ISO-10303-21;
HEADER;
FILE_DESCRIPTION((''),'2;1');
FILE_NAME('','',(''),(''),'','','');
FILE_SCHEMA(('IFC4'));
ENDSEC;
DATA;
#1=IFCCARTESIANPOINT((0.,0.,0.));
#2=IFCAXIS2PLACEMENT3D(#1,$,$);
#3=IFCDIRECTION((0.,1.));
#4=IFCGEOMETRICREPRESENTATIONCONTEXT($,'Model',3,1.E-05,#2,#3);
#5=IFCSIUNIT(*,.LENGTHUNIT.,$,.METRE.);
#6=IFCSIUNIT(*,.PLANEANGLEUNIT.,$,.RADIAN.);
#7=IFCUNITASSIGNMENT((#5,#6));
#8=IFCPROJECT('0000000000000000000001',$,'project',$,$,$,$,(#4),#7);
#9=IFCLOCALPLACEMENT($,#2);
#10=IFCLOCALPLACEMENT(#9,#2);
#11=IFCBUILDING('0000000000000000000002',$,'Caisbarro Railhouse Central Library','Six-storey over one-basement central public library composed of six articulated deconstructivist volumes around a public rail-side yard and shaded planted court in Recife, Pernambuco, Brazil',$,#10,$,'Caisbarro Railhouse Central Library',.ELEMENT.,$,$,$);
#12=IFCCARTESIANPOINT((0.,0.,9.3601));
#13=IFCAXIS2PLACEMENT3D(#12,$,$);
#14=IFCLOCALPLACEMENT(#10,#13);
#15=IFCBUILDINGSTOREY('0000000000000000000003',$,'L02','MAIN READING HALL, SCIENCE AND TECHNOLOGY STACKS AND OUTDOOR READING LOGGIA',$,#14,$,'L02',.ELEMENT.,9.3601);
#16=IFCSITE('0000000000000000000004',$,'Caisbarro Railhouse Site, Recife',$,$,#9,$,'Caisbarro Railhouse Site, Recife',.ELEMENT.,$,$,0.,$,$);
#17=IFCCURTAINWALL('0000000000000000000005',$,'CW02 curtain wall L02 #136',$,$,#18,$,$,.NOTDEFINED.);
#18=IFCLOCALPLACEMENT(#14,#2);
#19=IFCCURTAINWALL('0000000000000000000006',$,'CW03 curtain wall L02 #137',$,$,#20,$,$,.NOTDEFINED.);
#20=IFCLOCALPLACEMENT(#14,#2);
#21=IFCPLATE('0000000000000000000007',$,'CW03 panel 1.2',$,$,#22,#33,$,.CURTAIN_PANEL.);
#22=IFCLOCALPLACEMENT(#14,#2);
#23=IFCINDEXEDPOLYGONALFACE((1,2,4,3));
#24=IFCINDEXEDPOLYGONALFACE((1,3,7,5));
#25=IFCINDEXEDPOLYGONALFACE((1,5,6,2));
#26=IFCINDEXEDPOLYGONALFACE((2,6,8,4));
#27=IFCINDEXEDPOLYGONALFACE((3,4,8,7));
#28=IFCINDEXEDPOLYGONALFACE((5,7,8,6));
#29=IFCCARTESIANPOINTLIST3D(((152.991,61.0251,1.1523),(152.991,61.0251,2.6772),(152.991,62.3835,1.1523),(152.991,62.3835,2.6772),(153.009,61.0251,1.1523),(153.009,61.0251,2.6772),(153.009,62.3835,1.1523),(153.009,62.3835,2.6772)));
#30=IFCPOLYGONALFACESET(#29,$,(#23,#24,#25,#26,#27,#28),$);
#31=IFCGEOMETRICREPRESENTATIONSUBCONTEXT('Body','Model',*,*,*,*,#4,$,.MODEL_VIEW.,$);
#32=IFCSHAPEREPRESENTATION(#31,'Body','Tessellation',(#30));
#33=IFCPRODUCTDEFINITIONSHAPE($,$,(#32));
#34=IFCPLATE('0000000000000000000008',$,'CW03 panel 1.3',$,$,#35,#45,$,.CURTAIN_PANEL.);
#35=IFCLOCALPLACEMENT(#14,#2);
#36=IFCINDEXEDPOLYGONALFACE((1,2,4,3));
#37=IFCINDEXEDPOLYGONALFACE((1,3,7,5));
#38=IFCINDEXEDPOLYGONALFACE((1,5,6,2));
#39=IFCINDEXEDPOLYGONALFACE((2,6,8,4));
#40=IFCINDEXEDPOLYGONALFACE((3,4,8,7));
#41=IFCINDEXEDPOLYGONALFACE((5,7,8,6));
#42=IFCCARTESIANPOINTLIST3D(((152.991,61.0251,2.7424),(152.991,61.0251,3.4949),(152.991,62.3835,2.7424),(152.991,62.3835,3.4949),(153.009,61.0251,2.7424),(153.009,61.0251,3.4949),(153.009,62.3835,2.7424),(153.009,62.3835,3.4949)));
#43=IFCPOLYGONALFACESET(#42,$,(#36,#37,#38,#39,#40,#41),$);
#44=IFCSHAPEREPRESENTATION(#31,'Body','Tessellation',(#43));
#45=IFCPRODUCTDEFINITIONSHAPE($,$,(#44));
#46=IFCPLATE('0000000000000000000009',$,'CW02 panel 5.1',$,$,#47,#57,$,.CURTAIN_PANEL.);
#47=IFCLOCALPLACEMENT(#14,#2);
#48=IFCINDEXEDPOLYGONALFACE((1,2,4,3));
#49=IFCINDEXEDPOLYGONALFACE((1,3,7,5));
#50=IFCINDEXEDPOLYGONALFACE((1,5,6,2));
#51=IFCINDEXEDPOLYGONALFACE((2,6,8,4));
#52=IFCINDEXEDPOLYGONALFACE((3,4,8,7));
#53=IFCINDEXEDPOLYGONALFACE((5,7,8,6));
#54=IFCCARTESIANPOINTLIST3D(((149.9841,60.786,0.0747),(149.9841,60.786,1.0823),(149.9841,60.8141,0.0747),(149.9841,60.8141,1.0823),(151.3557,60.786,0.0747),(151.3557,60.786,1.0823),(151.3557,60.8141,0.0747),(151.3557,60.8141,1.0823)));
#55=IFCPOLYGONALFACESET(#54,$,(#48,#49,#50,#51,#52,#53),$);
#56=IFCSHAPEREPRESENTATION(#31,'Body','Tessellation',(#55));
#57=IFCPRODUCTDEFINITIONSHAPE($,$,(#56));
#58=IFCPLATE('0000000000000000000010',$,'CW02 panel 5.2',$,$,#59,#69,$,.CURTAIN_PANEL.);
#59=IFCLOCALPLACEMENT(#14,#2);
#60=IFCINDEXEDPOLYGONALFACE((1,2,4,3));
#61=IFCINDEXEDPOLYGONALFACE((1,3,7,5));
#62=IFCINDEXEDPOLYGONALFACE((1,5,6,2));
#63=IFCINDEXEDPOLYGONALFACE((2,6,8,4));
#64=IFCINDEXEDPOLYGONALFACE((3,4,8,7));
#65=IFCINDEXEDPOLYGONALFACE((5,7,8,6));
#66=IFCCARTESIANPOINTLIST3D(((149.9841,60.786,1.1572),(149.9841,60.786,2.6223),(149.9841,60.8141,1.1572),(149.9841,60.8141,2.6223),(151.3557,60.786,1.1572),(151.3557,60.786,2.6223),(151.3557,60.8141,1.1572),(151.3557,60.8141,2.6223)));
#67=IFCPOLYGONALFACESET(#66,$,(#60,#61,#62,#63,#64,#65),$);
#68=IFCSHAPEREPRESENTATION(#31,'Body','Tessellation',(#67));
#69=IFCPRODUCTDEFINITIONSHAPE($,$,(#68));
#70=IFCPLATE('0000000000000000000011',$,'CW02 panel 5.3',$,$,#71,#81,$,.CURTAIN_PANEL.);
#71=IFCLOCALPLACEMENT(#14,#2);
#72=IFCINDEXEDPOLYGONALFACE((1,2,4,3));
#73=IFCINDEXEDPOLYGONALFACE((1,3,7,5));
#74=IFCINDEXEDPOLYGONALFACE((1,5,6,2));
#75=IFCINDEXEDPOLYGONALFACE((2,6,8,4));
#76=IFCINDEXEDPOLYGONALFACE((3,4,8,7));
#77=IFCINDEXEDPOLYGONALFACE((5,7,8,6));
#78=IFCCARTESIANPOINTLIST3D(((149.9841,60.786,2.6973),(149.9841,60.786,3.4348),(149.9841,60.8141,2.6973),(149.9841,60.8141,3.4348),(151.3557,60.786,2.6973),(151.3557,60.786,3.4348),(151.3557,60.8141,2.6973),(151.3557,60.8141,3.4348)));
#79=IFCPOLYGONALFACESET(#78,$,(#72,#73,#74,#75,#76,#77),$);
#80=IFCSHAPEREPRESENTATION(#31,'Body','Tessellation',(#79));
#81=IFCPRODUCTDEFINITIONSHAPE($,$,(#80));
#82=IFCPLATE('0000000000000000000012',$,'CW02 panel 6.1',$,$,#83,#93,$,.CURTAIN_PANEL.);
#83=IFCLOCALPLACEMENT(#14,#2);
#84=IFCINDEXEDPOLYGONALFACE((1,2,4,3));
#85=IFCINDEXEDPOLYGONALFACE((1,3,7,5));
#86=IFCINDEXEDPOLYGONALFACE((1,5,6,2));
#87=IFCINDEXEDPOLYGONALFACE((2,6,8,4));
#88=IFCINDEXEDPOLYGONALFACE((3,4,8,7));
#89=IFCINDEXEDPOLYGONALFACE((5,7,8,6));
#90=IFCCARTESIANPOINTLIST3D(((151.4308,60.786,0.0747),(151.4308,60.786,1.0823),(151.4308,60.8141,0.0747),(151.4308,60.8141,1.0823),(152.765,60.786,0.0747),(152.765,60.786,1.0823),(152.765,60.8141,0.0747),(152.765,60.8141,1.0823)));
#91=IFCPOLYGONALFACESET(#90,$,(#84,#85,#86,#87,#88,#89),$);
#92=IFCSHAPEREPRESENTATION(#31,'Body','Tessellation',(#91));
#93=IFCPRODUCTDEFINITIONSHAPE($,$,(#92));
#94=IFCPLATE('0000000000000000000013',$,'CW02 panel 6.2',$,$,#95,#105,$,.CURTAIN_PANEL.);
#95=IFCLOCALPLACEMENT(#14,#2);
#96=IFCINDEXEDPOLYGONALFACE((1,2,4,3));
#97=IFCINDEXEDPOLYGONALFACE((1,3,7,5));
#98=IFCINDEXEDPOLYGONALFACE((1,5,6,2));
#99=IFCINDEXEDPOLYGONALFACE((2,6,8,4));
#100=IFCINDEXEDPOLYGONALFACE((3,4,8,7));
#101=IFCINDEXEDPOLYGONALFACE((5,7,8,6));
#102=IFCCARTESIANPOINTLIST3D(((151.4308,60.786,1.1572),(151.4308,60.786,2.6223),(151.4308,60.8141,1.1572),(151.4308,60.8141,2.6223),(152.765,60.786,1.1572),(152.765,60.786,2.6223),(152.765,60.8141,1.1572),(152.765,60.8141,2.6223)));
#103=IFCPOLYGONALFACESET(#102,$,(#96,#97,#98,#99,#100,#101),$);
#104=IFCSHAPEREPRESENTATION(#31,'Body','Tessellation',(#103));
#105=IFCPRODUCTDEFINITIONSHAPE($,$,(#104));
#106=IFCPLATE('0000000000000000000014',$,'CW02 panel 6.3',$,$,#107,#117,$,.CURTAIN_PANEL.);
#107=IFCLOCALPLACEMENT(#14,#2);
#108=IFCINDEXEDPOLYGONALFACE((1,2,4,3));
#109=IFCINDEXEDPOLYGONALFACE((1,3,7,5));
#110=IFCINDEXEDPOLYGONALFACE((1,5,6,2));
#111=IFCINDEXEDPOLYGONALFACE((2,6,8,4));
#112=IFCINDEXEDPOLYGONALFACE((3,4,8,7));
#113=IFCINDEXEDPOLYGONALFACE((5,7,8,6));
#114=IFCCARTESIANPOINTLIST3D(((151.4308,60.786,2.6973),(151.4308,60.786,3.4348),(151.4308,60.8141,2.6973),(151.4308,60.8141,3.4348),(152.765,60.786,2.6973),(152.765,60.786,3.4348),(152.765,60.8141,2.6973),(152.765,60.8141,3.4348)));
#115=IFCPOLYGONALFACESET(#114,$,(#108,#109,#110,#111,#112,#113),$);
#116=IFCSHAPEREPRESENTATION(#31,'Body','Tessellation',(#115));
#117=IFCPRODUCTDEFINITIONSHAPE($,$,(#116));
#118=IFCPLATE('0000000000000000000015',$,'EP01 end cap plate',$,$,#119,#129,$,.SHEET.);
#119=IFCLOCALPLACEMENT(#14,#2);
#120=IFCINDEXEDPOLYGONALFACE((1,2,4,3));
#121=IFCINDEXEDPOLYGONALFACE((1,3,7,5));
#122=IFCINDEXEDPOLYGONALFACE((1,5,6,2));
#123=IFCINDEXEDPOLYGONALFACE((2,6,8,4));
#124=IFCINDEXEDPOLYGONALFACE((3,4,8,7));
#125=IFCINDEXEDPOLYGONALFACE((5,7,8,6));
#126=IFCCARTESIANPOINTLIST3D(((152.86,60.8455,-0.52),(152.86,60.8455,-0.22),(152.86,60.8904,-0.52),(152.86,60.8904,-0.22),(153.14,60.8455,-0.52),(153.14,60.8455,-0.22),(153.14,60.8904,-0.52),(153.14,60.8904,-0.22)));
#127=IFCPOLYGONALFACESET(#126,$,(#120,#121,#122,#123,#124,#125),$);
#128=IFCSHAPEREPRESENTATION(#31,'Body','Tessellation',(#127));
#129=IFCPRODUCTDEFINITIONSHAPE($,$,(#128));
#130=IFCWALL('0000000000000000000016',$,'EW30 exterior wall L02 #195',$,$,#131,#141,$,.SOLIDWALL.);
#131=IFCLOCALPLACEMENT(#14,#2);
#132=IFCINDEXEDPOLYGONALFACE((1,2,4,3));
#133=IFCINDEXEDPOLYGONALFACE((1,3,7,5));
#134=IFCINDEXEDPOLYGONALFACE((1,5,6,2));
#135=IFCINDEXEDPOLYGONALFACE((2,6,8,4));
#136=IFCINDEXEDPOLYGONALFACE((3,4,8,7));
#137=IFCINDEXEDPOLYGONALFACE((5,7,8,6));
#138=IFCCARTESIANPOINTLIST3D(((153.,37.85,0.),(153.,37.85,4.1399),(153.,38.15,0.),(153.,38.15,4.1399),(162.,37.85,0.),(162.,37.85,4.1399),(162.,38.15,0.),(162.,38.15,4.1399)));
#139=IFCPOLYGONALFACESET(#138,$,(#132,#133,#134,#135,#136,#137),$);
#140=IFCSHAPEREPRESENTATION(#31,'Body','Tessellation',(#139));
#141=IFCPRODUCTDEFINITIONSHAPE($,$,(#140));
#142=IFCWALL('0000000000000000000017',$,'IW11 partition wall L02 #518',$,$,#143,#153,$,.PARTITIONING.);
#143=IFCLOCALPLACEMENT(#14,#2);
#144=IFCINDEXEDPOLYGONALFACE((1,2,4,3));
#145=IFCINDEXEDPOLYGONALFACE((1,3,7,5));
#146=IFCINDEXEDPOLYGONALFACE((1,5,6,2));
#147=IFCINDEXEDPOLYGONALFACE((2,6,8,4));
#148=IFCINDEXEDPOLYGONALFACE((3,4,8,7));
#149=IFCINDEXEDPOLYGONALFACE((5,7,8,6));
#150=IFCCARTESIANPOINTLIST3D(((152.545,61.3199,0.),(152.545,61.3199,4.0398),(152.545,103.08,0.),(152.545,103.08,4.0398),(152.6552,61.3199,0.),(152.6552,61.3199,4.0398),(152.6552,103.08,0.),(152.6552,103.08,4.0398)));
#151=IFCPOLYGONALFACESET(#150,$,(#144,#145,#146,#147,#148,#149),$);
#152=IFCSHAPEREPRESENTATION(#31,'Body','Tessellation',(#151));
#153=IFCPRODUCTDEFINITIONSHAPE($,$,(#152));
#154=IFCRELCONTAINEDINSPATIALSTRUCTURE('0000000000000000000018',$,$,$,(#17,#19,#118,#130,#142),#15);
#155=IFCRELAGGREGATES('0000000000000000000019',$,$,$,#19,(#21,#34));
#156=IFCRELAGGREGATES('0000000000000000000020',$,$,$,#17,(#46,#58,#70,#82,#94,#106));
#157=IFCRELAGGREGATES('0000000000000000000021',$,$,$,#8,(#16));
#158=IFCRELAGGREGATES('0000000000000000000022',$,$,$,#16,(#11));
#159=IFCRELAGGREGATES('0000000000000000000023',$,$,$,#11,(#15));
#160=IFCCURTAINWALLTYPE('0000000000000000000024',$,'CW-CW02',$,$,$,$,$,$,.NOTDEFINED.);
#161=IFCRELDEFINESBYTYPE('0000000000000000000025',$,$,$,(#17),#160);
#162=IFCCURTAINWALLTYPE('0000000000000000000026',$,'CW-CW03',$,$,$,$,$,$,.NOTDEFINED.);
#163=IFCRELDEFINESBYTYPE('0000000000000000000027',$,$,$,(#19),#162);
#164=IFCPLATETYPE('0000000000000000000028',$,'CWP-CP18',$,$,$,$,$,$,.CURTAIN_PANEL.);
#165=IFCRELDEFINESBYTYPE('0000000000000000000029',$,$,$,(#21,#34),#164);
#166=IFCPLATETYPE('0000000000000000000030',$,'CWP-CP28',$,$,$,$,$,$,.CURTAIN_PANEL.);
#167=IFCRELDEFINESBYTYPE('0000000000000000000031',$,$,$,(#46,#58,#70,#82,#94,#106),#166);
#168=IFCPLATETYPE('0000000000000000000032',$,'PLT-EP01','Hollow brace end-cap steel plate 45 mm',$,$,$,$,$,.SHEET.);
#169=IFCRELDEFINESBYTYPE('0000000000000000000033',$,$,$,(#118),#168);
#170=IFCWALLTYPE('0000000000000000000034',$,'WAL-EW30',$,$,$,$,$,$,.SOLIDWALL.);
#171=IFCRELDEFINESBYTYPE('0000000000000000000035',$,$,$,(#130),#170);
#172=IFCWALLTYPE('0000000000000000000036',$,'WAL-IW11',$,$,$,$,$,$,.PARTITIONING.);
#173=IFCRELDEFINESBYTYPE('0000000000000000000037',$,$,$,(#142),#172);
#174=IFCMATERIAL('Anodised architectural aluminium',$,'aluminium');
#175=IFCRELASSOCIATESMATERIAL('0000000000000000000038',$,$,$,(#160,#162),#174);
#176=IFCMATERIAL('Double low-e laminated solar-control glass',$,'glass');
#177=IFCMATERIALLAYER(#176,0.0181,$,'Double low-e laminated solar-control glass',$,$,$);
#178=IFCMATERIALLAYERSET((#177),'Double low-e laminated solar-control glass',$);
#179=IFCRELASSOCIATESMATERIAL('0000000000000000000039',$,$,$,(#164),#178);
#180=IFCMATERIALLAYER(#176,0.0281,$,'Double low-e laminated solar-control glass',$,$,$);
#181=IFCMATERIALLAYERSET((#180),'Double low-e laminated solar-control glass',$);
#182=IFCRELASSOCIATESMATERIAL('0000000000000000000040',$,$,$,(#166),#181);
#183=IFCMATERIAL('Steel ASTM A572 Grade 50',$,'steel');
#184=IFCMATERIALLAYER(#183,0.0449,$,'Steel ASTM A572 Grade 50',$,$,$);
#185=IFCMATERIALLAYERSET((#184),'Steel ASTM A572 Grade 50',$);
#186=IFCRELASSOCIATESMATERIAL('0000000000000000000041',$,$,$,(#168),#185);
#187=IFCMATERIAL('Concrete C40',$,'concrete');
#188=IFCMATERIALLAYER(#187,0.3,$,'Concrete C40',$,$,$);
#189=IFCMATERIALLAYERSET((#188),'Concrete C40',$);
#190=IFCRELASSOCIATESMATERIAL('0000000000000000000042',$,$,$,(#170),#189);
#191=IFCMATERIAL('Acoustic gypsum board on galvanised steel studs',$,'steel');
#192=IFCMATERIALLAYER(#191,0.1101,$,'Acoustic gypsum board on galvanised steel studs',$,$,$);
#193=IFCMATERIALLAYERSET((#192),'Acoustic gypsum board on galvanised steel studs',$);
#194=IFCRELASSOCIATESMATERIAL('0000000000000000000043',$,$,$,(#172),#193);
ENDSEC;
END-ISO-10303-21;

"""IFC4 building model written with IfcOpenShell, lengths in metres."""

from ifc_helpers import new_model, si_unit, direction, frame, frame_2d, origin, origin_2d, place, context, subcontext, project, spatial, rectangle, extrude, material, layer, layer_set, type_object, element, aggregate, save


model = new_model("IFC4")

# Units and contexts
model_context = context("Model", 3, precision=1e-05, world=origin(), true_north=direction((0.0, 1.0)))
body_context = subcontext(model_context, "Body", "Model", "MODEL_VIEW")
ifc_project = project(units=[si_unit("LENGTHUNIT", "METRE"), si_unit("PLANEANGLEUNIT", "RADIAN")], contexts=[model_context])

# Site, building, storey
site_placement = place(None, origin())
site = spatial("IfcSite", under=ifc_project, at=site_placement, Name="Caisbarro Railhouse Site, Recife", LongName="Caisbarro Railhouse Site, Recife", CompositionType="ELEMENT", RefElevation=0.0)
building_placement = place(site_placement, origin())
building = spatial("IfcBuilding", under=site, at=building_placement, Name="Caisbarro Railhouse Central Library", Description="Six-storey over one-basement central public library composed of six articulated deconstructivist volumes around a public rail-side yard and shaded planted court in Recife, Pernambuco, Brazil", LongName="Caisbarro Railhouse Central Library", CompositionType="ELEMENT")
storey_placement = place(building_placement, frame((0.0, 0.0, 9.3601)))
storey = spatial("IfcBuildingStorey", under=building, at=storey_placement, Name="L02", Description="MAIN READING HALL, SCIENCE AND TECHNOLOGY STACKS AND OUTDOOR READING LOGGIA", LongName="L02", CompositionType="ELEMENT", Elevation=9.3601)

# Shared definitions
ifc_material_1 = material(Name="Steel ASTM A572 Grade 50", Category="steel")

# Curtain walls
ifc_material_2 = material(Name="Anodised architectural aluminium", Category="aluminium")
curtain_wall_type_1 = type_object("IfcCurtainWallType", Name="CW-CW02", PredefinedType="NOTDEFINED", material=ifc_material_2)
curtain_wall_1_placement = place(storey_placement, origin())
curtain_wall_1 = element("IfcCurtainWall", 1, at=curtain_wall_1_placement, inside=storey, type_object=curtain_wall_type_1, Name="CW02 curtain wall L02 #136", PredefinedType="NOTDEFINED")
curtain_wall_type_2 = type_object("IfcCurtainWallType", Name="CW-CW03", PredefinedType="NOTDEFINED", material=ifc_material_2)
curtain_wall_2_placement = place(storey_placement, origin())
curtain_wall_2 = element("IfcCurtainWall", 2, at=curtain_wall_2_placement, inside=storey, type_object=curtain_wall_type_2, Name="CW03 curtain wall L02 #137", PredefinedType="NOTDEFINED")

# Plates
ifc_material_3 = material(Name="Double low-e laminated solar-control glass", Category="glass")
ifc_layer_1 = layer(ifc_material_3, 0.0181, Name="Double low-e laminated solar-control glass")
ifc_layer_set_1 = layer_set([ifc_layer_1], Name="Double low-e laminated solar-control glass")
plate_type_1 = type_object("IfcPlateType", Name="CWP-CP18", PredefinedType="CURTAIN_PANEL", material=ifc_layer_set_1)
plate_1_placement = place(storey_placement, frame((153.0, 61.7043, 1.1523), z_axis=(0.0, 0.0, 1.0), x_axis=(0.0, 1.0, 0.0)))
plate_1 = element("IfcPlate", 3, at=plate_1_placement, type_object=plate_type_1, Name="CW03 panel 1.2", PredefinedType="CURTAIN_PANEL", context=body_context, shape_type="SweptSolid", body=[
    extrude(rectangle(XDim=1.3584, YDim=0.0181, at=origin_2d()), origin(), (0.0, 0.0, 1.0), 1.5249),
])
plate_2_placement = place(storey_placement, frame((153.0, 61.7043, 2.7424), z_axis=(0.0, 0.0, 1.0), x_axis=(0.0, 1.0, 0.0)))
plate_2 = element("IfcPlate", 4, at=plate_2_placement, type_object=plate_type_1, Name="CW03 panel 1.3", PredefinedType="CURTAIN_PANEL", context=body_context, shape_type="SweptSolid", body=[
    extrude(rectangle(XDim=1.3584, YDim=0.0181, at=origin_2d()), origin(), (0.0, 0.0, 1.0), 0.7524),
])
aggregate(curtain_wall_2, [plate_1, plate_2])
ifc_layer_2 = layer(ifc_material_3, 0.0281, Name="Double low-e laminated solar-control glass")
ifc_layer_set_2 = layer_set([ifc_layer_2], Name="Double low-e laminated solar-control glass")
plate_type_2 = type_object("IfcPlateType", Name="CWP-CP28", PredefinedType="CURTAIN_PANEL", material=ifc_layer_set_2)
plate_3_placement = place(storey_placement, frame((150.6699, 60.8, 0.0747), z_axis=(0.0, 0.0, 1.0), x_axis=(1.0, 0.0, 0.0)))
plate_3 = element("IfcPlate", 5, at=plate_3_placement, type_object=plate_type_2, Name="CW02 panel 5.1", PredefinedType="CURTAIN_PANEL", context=body_context, shape_type="SweptSolid", body=[
    extrude(rectangle(XDim=1.3716, YDim=0.0281, at=origin_2d()), origin(), (0.0, 0.0, 1.0), 1.0076),
])
plate_4_placement = place(storey_placement, frame((150.6699, 60.8, 1.1572), z_axis=(0.0, 0.0, 1.0), x_axis=(1.0, 0.0, 0.0)))
plate_4 = element("IfcPlate", 6, at=plate_4_placement, type_object=plate_type_2, Name="CW02 panel 5.2", PredefinedType="CURTAIN_PANEL", context=body_context, shape_type="SweptSolid", body=[
    extrude(rectangle(XDim=1.3716, YDim=0.0281, at=origin_2d()), origin(), (0.0, 0.0, 1.0), 1.4651),
])
plate_5_placement = place(storey_placement, frame((150.6699, 60.8, 2.6973), z_axis=(0.0, 0.0, 1.0), x_axis=(1.0, 0.0, 0.0)))
plate_5 = element("IfcPlate", 7, at=plate_5_placement, type_object=plate_type_2, Name="CW02 panel 5.3", PredefinedType="CURTAIN_PANEL", context=body_context, shape_type="SweptSolid", body=[
    extrude(rectangle(XDim=1.3716, YDim=0.0281, at=origin_2d()), origin(), (0.0, 0.0, 1.0), 0.7375),
])
plate_6_placement = place(storey_placement, frame((152.0979, 60.8, 0.0747), z_axis=(0.0, 0.0, 1.0), x_axis=(1.0, 0.0, 0.0)))
plate_6 = element("IfcPlate", 8, at=plate_6_placement, type_object=plate_type_2, Name="CW02 panel 6.1", PredefinedType="CURTAIN_PANEL", context=body_context, shape_type="SweptSolid", body=[
    extrude(rectangle(XDim=1.3342, YDim=0.0281, at=origin_2d()), origin(), (0.0, 0.0, 1.0), 1.0076),
])
plate_7_placement = place(storey_placement, frame((152.0979, 60.8, 1.1572), z_axis=(0.0, 0.0, 1.0), x_axis=(1.0, 0.0, 0.0)))
plate_7 = element("IfcPlate", 9, at=plate_7_placement, type_object=plate_type_2, Name="CW02 panel 6.2", PredefinedType="CURTAIN_PANEL", context=body_context, shape_type="SweptSolid", body=[
    extrude(rectangle(XDim=1.3342, YDim=0.0281, at=origin_2d()), origin(), (0.0, 0.0, 1.0), 1.4651),
])
plate_8_placement = place(storey_placement, frame((152.0979, 60.8, 2.6973), z_axis=(0.0, 0.0, 1.0), x_axis=(1.0, 0.0, 0.0)))
plate_8 = element("IfcPlate", 10, at=plate_8_placement, type_object=plate_type_2, Name="CW02 panel 6.3", PredefinedType="CURTAIN_PANEL", context=body_context, shape_type="SweptSolid", body=[
    extrude(rectangle(XDim=1.3342, YDim=0.0281, at=origin_2d()), origin(), (0.0, 0.0, 1.0), 0.7375),
])
aggregate(curtain_wall_1, [plate_3, plate_4, plate_5, plate_6, plate_7, plate_8])
ifc_layer_3 = layer(ifc_material_1, 0.0449, Name="Steel ASTM A572 Grade 50")
ifc_layer_set_3 = layer_set([ifc_layer_3], Name="Steel ASTM A572 Grade 50")
plate_type_3 = type_object("IfcPlateType", Name="PLT-EP01", Description="Hollow brace end-cap steel plate 45 mm", PredefinedType="SHEET", material=ifc_layer_set_3)
plate_9_placement = place(storey_placement, frame((153.0, 60.8679, -0.52), z_axis=(0.0, 0.0, 1.0), x_axis=(0.0, 1.0, 0.0)))
element("IfcPlate", 11, at=plate_9_placement, inside=storey, type_object=plate_type_3, Name="EP01 end cap plate", PredefinedType="SHEET", context=body_context, shape_type="SweptSolid", body=[
    extrude(rectangle(XDim=0.0449, YDim=0.28, at=origin_2d()), origin(), (0.0, 0.0, 1.0), 0.3),
])

# Walls
ifc_material_4 = material(Name="Concrete C40", Category="concrete")
ifc_layer_4 = layer(ifc_material_4, 0.3, Name="Concrete C40")
ifc_layer_set_4 = layer_set([ifc_layer_4], Name="Concrete C40")
wall_type_1 = type_object("IfcWallType", Name="WAL-EW30", PredefinedType="SOLIDWALL", material=ifc_layer_set_4)
wall_1_placement = place(storey_placement, frame((153.0, 38.0, 0.0), z_axis=(0.0, 0.0, 1.0), x_axis=(1.0, 0.0, 0.0)))
element("IfcWall", 12, at=wall_1_placement, inside=storey, type_object=wall_type_1, Name="EW30 exterior wall L02 #195", PredefinedType="SOLIDWALL", context=body_context, shape_type="SweptSolid", body=[
    extrude(rectangle(XDim=9.0, YDim=0.3, at=frame_2d((4.5, 0.0))), origin(), (0.0, 0.0, 1.0), 4.1399),
])
ifc_material_5 = material(Name="Acoustic gypsum board on galvanised steel studs", Category="steel")
ifc_layer_5 = layer(ifc_material_5, 0.1101, Name="Acoustic gypsum board on galvanised steel studs")
ifc_layer_set_5 = layer_set([ifc_layer_5], Name="Acoustic gypsum board on galvanised steel studs")
wall_type_2 = type_object("IfcWallType", Name="WAL-IW11", PredefinedType="PARTITIONING", material=ifc_layer_set_5)
wall_2_placement = place(storey_placement, frame((152.6001, 61.3201, 0.0), z_axis=(0.0, 0.0, 1.0), x_axis=(0.0, 1.0, 0.0)))
element("IfcWall", 13, at=wall_2_placement, inside=storey, type_object=wall_type_2, Name="IW11 partition wall L02 #518", PredefinedType="PARTITIONING", context=body_context, shape_type="SweptSolid", body=[
    extrude(rectangle(XDim=41.76, YDim=0.1101, at=frame_2d((20.8799, 0.0))), origin(), (0.0, 0.0, 1.0), 4.0398),
])

save(model, "model.ifc")
